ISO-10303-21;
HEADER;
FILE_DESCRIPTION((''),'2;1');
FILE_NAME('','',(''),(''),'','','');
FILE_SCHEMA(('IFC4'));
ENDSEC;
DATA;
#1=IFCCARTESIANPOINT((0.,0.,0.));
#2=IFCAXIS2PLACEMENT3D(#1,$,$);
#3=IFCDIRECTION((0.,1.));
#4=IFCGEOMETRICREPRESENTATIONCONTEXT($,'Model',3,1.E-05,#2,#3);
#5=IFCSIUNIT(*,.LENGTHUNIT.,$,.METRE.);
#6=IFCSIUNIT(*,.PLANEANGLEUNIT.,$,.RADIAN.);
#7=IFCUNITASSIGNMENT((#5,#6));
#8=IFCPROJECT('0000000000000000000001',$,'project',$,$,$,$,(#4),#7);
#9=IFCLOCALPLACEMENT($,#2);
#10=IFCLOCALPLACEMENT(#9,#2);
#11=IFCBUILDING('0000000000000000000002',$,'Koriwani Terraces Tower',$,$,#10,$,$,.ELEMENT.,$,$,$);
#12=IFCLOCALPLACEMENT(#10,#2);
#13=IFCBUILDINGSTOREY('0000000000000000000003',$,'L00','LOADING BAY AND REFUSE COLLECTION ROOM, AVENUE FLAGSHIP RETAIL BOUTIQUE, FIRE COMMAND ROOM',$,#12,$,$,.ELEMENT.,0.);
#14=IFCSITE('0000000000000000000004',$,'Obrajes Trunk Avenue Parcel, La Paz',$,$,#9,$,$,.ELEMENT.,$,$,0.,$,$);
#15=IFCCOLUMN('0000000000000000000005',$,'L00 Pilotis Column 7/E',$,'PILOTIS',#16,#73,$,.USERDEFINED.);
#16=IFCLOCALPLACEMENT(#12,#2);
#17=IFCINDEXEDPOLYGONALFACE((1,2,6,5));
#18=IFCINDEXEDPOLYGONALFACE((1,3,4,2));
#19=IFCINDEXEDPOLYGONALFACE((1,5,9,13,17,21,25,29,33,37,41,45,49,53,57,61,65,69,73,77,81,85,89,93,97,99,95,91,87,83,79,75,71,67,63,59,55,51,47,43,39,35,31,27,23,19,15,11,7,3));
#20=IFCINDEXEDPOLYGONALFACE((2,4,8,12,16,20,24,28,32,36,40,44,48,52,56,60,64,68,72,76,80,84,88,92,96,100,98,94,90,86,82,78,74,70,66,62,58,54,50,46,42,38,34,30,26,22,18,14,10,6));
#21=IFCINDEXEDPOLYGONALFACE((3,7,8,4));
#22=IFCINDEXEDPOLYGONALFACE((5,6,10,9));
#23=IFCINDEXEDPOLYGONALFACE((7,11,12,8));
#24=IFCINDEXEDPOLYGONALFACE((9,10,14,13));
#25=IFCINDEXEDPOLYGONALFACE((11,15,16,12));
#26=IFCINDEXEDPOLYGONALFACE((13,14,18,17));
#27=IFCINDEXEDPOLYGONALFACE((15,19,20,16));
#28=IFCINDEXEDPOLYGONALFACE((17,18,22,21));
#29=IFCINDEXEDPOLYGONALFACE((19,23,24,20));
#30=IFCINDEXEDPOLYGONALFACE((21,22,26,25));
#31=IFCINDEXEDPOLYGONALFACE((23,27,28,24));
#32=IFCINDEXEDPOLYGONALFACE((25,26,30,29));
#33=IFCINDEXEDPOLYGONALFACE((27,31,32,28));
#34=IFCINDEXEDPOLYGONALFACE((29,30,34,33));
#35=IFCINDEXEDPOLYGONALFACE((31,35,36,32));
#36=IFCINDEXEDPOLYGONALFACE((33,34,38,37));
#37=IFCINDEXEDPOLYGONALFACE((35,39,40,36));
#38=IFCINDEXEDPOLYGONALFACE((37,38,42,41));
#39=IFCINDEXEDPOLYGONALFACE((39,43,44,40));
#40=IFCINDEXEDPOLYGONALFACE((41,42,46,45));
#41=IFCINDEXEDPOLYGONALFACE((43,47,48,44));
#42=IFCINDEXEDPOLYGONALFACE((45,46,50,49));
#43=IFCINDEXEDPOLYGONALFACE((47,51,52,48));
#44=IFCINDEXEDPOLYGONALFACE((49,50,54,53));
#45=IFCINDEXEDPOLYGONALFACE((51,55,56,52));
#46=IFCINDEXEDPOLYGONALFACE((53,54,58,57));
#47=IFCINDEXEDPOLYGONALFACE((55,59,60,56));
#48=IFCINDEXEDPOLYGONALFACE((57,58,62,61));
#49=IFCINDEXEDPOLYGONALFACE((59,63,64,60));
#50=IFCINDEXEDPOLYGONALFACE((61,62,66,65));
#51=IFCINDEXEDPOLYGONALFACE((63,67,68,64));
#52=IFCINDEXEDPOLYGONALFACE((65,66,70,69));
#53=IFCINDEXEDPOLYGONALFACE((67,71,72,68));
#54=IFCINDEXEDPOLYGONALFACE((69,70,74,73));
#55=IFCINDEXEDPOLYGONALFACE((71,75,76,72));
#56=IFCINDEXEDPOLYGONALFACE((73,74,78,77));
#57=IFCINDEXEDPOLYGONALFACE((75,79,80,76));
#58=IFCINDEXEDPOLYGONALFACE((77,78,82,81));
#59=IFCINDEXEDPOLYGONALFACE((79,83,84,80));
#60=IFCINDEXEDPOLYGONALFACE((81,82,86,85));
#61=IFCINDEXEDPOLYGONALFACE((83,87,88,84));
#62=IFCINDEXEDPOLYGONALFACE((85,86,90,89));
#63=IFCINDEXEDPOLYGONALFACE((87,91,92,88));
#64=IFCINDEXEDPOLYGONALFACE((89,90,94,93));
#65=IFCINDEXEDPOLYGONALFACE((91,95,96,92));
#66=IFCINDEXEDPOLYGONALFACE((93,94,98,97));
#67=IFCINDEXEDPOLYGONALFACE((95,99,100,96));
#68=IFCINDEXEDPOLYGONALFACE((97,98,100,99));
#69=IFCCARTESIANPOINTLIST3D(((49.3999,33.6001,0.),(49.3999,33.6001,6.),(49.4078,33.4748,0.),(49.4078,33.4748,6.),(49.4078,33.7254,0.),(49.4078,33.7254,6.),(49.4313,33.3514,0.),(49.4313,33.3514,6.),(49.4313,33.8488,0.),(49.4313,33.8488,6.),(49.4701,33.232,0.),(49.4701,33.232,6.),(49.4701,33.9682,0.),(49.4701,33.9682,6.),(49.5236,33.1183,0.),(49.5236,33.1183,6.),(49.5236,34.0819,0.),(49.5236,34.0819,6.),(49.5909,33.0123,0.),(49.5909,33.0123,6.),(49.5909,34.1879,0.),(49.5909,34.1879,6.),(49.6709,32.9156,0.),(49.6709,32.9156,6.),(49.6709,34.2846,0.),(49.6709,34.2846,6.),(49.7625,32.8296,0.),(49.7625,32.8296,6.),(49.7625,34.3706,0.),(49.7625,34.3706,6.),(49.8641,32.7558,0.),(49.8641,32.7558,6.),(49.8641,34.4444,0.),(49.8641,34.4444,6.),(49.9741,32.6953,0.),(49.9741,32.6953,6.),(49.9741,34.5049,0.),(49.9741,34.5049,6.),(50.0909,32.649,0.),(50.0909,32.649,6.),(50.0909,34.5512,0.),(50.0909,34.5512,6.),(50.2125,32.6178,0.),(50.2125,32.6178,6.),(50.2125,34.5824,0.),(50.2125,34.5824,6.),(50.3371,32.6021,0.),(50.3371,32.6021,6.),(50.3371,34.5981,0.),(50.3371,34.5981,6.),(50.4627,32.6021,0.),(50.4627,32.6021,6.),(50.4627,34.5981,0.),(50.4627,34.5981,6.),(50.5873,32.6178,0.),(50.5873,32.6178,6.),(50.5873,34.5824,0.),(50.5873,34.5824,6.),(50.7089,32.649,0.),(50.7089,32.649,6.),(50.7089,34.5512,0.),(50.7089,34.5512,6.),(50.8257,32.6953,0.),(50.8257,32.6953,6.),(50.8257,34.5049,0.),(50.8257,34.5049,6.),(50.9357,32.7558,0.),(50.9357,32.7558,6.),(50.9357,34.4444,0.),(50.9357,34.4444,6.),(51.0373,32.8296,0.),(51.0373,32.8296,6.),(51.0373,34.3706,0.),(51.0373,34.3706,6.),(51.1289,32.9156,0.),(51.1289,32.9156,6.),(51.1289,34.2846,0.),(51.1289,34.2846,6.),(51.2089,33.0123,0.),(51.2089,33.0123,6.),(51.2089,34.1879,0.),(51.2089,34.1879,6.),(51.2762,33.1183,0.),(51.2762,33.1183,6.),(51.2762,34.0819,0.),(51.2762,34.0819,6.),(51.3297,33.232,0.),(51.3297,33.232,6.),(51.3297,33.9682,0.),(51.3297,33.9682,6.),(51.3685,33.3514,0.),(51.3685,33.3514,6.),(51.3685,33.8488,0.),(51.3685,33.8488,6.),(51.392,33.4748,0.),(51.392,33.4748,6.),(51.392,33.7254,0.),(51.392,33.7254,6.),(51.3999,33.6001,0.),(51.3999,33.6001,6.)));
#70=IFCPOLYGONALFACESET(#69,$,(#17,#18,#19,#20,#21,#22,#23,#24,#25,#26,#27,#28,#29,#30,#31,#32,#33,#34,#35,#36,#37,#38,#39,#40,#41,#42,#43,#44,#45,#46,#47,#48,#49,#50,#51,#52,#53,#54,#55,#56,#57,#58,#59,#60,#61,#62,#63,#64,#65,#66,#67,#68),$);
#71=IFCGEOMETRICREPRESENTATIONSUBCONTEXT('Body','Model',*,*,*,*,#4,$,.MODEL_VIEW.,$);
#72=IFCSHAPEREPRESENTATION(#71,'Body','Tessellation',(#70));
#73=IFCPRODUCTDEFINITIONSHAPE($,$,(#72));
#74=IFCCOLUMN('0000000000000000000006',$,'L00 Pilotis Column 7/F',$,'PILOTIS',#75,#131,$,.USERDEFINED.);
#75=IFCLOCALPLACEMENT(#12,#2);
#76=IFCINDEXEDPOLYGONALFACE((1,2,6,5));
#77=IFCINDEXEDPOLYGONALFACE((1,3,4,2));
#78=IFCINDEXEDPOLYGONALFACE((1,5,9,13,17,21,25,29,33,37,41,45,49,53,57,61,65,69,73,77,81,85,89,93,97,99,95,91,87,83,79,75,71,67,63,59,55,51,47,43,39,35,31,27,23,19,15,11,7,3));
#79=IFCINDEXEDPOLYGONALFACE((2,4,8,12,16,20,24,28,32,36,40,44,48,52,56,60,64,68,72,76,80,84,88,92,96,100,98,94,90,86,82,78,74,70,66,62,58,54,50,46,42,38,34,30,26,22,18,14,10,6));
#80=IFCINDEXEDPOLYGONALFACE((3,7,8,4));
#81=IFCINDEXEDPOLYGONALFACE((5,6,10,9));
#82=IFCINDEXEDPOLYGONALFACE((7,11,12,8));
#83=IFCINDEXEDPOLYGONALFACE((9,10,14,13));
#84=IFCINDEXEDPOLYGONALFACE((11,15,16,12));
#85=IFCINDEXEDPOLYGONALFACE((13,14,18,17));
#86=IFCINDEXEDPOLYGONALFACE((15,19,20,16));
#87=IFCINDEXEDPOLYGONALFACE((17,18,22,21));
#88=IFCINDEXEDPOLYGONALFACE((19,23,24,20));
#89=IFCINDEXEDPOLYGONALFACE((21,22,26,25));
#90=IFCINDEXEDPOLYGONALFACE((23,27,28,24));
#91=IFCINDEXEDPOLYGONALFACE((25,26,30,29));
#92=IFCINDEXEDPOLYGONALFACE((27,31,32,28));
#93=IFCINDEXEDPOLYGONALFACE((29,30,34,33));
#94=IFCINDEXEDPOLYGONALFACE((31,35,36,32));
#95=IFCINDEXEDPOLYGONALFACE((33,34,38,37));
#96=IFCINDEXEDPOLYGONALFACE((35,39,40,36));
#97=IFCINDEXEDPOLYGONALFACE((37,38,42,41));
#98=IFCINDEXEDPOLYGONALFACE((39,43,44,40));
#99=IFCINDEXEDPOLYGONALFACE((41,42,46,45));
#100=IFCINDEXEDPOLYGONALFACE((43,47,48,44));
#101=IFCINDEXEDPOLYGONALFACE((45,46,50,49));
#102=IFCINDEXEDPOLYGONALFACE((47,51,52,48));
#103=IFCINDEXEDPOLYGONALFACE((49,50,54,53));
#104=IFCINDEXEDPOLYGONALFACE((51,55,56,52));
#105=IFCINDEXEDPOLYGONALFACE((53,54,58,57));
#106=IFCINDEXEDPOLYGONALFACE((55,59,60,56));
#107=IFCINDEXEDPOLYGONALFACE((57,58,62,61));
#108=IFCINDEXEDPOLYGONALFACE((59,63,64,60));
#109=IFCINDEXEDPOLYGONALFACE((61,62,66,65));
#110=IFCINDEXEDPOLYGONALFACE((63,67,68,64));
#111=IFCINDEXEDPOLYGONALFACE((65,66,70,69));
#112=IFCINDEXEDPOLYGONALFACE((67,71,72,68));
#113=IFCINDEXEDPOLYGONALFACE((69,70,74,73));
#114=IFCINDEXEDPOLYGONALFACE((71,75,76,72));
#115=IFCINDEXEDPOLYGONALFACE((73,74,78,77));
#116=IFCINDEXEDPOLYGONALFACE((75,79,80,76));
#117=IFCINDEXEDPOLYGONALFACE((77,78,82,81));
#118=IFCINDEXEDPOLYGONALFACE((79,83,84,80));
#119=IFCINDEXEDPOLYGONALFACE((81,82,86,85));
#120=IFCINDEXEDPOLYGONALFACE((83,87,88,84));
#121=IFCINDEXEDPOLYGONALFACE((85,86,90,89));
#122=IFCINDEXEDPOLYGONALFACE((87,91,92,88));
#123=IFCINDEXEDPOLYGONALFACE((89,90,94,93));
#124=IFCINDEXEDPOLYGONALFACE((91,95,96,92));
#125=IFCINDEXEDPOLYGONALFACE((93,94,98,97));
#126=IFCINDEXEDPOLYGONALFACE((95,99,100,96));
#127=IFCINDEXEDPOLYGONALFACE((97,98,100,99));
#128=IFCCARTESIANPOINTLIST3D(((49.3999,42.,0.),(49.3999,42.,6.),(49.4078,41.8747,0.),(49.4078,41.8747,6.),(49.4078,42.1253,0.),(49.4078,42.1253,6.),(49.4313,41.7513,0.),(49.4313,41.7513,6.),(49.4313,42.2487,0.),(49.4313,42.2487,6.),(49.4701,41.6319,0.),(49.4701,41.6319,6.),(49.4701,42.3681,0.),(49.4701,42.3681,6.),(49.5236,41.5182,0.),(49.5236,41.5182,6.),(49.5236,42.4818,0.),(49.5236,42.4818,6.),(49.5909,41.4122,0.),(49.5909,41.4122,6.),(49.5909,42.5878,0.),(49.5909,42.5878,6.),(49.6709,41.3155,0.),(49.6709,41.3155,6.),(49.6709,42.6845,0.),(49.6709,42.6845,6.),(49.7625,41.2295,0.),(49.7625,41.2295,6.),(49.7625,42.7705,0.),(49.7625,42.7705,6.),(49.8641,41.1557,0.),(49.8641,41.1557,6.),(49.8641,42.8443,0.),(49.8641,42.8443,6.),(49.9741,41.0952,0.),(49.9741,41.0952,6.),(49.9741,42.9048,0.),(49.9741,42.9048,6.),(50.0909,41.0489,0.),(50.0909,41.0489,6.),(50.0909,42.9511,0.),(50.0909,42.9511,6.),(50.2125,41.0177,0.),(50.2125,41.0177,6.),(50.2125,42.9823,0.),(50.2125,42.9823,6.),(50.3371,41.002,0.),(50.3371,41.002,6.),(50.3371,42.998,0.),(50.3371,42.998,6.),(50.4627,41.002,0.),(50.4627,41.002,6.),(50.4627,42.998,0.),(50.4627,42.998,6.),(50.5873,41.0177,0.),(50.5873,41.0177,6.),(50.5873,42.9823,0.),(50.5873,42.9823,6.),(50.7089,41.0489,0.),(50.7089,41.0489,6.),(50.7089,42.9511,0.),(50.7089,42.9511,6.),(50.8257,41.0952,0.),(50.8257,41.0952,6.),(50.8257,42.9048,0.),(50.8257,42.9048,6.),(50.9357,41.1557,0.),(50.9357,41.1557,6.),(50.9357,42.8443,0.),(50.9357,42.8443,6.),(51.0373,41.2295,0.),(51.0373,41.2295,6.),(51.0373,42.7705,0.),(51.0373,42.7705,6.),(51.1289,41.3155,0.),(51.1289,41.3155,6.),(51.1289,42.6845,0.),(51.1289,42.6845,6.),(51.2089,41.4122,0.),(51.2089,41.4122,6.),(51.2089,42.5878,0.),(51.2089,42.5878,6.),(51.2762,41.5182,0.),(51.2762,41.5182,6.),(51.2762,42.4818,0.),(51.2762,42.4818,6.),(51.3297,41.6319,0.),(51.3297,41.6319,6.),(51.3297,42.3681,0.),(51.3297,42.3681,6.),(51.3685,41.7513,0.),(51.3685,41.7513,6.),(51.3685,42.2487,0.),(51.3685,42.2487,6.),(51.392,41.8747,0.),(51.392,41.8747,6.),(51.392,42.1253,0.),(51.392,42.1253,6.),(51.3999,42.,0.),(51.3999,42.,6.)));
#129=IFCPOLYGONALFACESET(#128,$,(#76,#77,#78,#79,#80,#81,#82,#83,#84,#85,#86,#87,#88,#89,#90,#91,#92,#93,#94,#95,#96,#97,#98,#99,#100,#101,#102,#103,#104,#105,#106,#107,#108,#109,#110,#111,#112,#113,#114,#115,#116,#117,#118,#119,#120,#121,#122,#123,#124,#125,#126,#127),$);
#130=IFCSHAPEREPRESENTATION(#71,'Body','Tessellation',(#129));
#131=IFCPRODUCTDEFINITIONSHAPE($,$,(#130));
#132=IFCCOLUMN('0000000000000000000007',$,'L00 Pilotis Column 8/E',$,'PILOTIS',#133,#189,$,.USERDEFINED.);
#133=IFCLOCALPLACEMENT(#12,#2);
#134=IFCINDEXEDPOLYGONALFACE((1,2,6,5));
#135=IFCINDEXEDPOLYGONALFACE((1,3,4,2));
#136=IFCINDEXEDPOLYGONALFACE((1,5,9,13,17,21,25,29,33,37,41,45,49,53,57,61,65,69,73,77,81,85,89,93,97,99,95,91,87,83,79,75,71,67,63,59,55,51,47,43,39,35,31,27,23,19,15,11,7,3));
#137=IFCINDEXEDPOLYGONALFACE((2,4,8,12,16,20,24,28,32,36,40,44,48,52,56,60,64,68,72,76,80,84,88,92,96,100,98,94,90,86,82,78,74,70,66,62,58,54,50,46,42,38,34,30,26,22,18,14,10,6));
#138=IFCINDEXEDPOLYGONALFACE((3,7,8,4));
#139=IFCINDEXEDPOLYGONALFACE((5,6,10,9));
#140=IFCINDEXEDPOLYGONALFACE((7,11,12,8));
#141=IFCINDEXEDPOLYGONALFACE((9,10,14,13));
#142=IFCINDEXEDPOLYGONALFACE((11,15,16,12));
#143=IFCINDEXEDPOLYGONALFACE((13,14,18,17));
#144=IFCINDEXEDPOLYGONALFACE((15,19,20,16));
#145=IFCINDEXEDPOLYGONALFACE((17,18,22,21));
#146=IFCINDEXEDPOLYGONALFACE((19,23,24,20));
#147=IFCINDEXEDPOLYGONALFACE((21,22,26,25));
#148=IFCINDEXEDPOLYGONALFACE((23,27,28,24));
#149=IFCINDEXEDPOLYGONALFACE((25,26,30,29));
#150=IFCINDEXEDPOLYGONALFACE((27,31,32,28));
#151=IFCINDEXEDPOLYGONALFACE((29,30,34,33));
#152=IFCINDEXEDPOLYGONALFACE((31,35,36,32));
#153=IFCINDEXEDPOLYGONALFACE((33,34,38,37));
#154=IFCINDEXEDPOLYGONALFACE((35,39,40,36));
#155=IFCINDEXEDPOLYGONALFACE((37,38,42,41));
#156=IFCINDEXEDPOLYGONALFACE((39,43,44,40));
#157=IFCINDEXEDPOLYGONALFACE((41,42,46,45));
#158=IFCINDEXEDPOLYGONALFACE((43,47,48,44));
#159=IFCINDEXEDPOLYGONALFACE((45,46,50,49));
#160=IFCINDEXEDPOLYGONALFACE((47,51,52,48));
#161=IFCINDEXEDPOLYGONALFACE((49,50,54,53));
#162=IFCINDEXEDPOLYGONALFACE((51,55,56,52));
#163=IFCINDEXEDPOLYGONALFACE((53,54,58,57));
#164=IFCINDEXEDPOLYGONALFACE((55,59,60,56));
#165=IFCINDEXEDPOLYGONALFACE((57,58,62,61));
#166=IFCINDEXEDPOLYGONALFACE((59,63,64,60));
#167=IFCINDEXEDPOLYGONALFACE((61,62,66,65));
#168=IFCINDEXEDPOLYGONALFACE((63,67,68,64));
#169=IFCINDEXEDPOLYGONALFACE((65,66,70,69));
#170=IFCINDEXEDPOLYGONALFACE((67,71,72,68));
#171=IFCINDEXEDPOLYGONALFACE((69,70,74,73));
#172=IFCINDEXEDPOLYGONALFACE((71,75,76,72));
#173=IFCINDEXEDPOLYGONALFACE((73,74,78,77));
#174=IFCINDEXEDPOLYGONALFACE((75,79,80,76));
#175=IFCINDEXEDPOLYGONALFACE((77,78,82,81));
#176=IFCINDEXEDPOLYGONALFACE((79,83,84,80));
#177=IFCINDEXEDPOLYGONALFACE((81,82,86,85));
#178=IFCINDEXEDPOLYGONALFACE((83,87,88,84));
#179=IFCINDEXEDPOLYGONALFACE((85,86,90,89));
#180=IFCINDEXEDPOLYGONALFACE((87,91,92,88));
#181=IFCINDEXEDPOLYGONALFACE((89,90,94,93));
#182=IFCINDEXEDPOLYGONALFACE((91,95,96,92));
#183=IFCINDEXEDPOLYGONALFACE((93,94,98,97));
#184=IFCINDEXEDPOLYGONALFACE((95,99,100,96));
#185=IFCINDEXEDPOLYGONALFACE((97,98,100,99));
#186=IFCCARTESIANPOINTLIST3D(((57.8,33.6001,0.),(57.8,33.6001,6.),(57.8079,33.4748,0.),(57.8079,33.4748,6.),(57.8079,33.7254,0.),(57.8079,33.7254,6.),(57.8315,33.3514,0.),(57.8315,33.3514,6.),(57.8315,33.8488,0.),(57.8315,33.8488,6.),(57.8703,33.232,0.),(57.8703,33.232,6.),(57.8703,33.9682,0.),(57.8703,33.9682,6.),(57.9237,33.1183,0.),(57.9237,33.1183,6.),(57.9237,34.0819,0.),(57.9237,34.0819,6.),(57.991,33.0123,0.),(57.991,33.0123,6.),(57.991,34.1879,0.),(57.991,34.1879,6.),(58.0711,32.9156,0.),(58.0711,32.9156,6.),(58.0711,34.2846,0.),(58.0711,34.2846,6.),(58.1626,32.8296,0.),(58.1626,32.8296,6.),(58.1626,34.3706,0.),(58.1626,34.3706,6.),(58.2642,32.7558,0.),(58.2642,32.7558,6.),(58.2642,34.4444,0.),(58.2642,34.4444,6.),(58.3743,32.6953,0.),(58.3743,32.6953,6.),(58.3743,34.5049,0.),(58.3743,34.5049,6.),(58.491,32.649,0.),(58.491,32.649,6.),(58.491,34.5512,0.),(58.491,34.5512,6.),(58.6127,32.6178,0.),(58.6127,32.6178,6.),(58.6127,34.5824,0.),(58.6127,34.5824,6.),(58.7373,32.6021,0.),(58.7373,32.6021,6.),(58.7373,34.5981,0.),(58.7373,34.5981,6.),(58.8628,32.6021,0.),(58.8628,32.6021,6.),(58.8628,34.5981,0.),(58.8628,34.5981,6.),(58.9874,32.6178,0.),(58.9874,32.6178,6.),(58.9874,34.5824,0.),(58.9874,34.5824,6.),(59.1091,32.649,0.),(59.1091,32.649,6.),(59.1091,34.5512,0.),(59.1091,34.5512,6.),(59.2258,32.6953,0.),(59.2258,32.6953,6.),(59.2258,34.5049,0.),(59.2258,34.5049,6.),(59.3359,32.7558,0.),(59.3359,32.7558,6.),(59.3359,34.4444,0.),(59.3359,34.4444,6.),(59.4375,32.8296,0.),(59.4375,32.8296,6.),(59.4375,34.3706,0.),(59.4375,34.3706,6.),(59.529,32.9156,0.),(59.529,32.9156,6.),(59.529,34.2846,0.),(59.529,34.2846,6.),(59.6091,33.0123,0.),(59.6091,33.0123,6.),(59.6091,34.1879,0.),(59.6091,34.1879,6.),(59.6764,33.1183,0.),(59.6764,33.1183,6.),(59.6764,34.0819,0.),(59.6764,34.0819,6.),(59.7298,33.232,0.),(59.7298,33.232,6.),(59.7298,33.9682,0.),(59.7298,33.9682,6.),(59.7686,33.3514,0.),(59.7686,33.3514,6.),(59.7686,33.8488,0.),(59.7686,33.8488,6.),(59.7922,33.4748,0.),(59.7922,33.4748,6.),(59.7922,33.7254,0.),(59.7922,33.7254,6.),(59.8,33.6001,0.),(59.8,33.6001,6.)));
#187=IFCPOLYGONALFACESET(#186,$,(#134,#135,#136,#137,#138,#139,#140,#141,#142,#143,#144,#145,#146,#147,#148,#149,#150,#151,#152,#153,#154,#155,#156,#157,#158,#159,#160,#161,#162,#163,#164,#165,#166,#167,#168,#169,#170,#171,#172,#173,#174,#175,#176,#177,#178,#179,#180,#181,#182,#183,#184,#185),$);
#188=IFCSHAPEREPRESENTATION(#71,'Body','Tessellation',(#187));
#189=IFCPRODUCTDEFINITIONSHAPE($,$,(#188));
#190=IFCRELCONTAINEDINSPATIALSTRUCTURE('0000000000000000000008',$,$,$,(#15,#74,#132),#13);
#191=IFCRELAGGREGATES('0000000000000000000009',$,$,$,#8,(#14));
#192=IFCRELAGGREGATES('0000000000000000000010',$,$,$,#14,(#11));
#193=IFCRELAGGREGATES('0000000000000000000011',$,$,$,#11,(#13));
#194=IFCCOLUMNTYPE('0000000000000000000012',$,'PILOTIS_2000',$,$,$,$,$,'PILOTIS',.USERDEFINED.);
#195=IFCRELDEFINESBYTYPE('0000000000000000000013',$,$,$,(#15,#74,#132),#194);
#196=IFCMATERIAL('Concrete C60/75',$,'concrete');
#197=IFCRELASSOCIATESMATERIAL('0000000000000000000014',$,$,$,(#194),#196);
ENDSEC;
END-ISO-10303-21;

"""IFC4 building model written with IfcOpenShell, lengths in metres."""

from ifc_helpers import new_model, si_unit, direction, frame, origin, origin_2d, place, context, subcontext, project, spatial, circle, extrude, material, material_profile, profile_set, type_object, element, save


model = new_model("IFC4")

# Units and contexts
model_context = context("Model", 3, precision=1e-05, world=origin(), true_north=direction((0.0, 1.0)))
body_context = subcontext(model_context, "Body", "Model", "MODEL_VIEW")
ifc_project = project(units=[si_unit("LENGTHUNIT", "METRE"), si_unit("PLANEANGLEUNIT", "RADIAN")], contexts=[model_context])

# Site, building, storey
site_placement = place(None, origin())
site = spatial("IfcSite", under=ifc_project, at=site_placement, Name="Obrajes Trunk Avenue Parcel, La Paz", CompositionType="ELEMENT", RefElevation=0.0)
building_placement = place(site_placement, origin())
building = spatial("IfcBuilding", under=site, at=building_placement, Name="Koriwani Terraces Tower", CompositionType="ELEMENT")
storey_placement = place(building_placement, origin())
storey = spatial("IfcBuildingStorey", under=building, at=storey_placement, Name="L00", Description="LOADING BAY AND REFUSE COLLECTION ROOM, AVENUE FLAGSHIP RETAIL BOUTIQUE, FIRE COMMAND ROOM", CompositionType="ELEMENT", Elevation=0.0)

# Columns
ifc_material_1 = material(Name="Concrete C60/75", Category="concrete")
ifc_material_profile_1 = material_profile(ifc_material_1, circle(Radius=1.0, at=origin_2d()), Name="Concrete C60/75", Category="LoadBearing")
ifc_profile_set_1 = profile_set([ifc_material_profile_1], Name="Concrete C60/75")
column_type = type_object("IfcColumnType", Name="PILOTIS_2000", ElementType="PILOTIS", PredefinedType="USERDEFINED", material=ifc_profile_set_1)
for number, where, z_axis, x_axis, name in (
    (1, (50.3999, 33.6001, 0.0), (0.0, 0.0, 1.0), (1.0, 0.0, 0.0), "L00 Pilotis Column 7/E"),
    (2, (50.3999, 42.0, 0.0), (0.0, 0.0, 1.0), (1.0, 0.0, 0.0), "L00 Pilotis Column 7/F"),
    (3, (58.8, 33.6001, 0.0), (0.0, 0.0, 1.0), (1.0, 0.0, 0.0), "L00 Pilotis Column 8/E"),
):
    element("IfcColumn", number, at=place(storey_placement, frame(where, z_axis=z_axis, x_axis=x_axis)), inside=storey, type_object=column_type, Name=name, ObjectType="PILOTIS", PredefinedType="USERDEFINED", context=body_context, shape_type="SweptSolid", body=[
        extrude(circle(Radius=1.0, at=origin_2d()), origin(), (0.0, 0.0, 1.0), 6.0),
    ])

save(model, "model.ifc")
